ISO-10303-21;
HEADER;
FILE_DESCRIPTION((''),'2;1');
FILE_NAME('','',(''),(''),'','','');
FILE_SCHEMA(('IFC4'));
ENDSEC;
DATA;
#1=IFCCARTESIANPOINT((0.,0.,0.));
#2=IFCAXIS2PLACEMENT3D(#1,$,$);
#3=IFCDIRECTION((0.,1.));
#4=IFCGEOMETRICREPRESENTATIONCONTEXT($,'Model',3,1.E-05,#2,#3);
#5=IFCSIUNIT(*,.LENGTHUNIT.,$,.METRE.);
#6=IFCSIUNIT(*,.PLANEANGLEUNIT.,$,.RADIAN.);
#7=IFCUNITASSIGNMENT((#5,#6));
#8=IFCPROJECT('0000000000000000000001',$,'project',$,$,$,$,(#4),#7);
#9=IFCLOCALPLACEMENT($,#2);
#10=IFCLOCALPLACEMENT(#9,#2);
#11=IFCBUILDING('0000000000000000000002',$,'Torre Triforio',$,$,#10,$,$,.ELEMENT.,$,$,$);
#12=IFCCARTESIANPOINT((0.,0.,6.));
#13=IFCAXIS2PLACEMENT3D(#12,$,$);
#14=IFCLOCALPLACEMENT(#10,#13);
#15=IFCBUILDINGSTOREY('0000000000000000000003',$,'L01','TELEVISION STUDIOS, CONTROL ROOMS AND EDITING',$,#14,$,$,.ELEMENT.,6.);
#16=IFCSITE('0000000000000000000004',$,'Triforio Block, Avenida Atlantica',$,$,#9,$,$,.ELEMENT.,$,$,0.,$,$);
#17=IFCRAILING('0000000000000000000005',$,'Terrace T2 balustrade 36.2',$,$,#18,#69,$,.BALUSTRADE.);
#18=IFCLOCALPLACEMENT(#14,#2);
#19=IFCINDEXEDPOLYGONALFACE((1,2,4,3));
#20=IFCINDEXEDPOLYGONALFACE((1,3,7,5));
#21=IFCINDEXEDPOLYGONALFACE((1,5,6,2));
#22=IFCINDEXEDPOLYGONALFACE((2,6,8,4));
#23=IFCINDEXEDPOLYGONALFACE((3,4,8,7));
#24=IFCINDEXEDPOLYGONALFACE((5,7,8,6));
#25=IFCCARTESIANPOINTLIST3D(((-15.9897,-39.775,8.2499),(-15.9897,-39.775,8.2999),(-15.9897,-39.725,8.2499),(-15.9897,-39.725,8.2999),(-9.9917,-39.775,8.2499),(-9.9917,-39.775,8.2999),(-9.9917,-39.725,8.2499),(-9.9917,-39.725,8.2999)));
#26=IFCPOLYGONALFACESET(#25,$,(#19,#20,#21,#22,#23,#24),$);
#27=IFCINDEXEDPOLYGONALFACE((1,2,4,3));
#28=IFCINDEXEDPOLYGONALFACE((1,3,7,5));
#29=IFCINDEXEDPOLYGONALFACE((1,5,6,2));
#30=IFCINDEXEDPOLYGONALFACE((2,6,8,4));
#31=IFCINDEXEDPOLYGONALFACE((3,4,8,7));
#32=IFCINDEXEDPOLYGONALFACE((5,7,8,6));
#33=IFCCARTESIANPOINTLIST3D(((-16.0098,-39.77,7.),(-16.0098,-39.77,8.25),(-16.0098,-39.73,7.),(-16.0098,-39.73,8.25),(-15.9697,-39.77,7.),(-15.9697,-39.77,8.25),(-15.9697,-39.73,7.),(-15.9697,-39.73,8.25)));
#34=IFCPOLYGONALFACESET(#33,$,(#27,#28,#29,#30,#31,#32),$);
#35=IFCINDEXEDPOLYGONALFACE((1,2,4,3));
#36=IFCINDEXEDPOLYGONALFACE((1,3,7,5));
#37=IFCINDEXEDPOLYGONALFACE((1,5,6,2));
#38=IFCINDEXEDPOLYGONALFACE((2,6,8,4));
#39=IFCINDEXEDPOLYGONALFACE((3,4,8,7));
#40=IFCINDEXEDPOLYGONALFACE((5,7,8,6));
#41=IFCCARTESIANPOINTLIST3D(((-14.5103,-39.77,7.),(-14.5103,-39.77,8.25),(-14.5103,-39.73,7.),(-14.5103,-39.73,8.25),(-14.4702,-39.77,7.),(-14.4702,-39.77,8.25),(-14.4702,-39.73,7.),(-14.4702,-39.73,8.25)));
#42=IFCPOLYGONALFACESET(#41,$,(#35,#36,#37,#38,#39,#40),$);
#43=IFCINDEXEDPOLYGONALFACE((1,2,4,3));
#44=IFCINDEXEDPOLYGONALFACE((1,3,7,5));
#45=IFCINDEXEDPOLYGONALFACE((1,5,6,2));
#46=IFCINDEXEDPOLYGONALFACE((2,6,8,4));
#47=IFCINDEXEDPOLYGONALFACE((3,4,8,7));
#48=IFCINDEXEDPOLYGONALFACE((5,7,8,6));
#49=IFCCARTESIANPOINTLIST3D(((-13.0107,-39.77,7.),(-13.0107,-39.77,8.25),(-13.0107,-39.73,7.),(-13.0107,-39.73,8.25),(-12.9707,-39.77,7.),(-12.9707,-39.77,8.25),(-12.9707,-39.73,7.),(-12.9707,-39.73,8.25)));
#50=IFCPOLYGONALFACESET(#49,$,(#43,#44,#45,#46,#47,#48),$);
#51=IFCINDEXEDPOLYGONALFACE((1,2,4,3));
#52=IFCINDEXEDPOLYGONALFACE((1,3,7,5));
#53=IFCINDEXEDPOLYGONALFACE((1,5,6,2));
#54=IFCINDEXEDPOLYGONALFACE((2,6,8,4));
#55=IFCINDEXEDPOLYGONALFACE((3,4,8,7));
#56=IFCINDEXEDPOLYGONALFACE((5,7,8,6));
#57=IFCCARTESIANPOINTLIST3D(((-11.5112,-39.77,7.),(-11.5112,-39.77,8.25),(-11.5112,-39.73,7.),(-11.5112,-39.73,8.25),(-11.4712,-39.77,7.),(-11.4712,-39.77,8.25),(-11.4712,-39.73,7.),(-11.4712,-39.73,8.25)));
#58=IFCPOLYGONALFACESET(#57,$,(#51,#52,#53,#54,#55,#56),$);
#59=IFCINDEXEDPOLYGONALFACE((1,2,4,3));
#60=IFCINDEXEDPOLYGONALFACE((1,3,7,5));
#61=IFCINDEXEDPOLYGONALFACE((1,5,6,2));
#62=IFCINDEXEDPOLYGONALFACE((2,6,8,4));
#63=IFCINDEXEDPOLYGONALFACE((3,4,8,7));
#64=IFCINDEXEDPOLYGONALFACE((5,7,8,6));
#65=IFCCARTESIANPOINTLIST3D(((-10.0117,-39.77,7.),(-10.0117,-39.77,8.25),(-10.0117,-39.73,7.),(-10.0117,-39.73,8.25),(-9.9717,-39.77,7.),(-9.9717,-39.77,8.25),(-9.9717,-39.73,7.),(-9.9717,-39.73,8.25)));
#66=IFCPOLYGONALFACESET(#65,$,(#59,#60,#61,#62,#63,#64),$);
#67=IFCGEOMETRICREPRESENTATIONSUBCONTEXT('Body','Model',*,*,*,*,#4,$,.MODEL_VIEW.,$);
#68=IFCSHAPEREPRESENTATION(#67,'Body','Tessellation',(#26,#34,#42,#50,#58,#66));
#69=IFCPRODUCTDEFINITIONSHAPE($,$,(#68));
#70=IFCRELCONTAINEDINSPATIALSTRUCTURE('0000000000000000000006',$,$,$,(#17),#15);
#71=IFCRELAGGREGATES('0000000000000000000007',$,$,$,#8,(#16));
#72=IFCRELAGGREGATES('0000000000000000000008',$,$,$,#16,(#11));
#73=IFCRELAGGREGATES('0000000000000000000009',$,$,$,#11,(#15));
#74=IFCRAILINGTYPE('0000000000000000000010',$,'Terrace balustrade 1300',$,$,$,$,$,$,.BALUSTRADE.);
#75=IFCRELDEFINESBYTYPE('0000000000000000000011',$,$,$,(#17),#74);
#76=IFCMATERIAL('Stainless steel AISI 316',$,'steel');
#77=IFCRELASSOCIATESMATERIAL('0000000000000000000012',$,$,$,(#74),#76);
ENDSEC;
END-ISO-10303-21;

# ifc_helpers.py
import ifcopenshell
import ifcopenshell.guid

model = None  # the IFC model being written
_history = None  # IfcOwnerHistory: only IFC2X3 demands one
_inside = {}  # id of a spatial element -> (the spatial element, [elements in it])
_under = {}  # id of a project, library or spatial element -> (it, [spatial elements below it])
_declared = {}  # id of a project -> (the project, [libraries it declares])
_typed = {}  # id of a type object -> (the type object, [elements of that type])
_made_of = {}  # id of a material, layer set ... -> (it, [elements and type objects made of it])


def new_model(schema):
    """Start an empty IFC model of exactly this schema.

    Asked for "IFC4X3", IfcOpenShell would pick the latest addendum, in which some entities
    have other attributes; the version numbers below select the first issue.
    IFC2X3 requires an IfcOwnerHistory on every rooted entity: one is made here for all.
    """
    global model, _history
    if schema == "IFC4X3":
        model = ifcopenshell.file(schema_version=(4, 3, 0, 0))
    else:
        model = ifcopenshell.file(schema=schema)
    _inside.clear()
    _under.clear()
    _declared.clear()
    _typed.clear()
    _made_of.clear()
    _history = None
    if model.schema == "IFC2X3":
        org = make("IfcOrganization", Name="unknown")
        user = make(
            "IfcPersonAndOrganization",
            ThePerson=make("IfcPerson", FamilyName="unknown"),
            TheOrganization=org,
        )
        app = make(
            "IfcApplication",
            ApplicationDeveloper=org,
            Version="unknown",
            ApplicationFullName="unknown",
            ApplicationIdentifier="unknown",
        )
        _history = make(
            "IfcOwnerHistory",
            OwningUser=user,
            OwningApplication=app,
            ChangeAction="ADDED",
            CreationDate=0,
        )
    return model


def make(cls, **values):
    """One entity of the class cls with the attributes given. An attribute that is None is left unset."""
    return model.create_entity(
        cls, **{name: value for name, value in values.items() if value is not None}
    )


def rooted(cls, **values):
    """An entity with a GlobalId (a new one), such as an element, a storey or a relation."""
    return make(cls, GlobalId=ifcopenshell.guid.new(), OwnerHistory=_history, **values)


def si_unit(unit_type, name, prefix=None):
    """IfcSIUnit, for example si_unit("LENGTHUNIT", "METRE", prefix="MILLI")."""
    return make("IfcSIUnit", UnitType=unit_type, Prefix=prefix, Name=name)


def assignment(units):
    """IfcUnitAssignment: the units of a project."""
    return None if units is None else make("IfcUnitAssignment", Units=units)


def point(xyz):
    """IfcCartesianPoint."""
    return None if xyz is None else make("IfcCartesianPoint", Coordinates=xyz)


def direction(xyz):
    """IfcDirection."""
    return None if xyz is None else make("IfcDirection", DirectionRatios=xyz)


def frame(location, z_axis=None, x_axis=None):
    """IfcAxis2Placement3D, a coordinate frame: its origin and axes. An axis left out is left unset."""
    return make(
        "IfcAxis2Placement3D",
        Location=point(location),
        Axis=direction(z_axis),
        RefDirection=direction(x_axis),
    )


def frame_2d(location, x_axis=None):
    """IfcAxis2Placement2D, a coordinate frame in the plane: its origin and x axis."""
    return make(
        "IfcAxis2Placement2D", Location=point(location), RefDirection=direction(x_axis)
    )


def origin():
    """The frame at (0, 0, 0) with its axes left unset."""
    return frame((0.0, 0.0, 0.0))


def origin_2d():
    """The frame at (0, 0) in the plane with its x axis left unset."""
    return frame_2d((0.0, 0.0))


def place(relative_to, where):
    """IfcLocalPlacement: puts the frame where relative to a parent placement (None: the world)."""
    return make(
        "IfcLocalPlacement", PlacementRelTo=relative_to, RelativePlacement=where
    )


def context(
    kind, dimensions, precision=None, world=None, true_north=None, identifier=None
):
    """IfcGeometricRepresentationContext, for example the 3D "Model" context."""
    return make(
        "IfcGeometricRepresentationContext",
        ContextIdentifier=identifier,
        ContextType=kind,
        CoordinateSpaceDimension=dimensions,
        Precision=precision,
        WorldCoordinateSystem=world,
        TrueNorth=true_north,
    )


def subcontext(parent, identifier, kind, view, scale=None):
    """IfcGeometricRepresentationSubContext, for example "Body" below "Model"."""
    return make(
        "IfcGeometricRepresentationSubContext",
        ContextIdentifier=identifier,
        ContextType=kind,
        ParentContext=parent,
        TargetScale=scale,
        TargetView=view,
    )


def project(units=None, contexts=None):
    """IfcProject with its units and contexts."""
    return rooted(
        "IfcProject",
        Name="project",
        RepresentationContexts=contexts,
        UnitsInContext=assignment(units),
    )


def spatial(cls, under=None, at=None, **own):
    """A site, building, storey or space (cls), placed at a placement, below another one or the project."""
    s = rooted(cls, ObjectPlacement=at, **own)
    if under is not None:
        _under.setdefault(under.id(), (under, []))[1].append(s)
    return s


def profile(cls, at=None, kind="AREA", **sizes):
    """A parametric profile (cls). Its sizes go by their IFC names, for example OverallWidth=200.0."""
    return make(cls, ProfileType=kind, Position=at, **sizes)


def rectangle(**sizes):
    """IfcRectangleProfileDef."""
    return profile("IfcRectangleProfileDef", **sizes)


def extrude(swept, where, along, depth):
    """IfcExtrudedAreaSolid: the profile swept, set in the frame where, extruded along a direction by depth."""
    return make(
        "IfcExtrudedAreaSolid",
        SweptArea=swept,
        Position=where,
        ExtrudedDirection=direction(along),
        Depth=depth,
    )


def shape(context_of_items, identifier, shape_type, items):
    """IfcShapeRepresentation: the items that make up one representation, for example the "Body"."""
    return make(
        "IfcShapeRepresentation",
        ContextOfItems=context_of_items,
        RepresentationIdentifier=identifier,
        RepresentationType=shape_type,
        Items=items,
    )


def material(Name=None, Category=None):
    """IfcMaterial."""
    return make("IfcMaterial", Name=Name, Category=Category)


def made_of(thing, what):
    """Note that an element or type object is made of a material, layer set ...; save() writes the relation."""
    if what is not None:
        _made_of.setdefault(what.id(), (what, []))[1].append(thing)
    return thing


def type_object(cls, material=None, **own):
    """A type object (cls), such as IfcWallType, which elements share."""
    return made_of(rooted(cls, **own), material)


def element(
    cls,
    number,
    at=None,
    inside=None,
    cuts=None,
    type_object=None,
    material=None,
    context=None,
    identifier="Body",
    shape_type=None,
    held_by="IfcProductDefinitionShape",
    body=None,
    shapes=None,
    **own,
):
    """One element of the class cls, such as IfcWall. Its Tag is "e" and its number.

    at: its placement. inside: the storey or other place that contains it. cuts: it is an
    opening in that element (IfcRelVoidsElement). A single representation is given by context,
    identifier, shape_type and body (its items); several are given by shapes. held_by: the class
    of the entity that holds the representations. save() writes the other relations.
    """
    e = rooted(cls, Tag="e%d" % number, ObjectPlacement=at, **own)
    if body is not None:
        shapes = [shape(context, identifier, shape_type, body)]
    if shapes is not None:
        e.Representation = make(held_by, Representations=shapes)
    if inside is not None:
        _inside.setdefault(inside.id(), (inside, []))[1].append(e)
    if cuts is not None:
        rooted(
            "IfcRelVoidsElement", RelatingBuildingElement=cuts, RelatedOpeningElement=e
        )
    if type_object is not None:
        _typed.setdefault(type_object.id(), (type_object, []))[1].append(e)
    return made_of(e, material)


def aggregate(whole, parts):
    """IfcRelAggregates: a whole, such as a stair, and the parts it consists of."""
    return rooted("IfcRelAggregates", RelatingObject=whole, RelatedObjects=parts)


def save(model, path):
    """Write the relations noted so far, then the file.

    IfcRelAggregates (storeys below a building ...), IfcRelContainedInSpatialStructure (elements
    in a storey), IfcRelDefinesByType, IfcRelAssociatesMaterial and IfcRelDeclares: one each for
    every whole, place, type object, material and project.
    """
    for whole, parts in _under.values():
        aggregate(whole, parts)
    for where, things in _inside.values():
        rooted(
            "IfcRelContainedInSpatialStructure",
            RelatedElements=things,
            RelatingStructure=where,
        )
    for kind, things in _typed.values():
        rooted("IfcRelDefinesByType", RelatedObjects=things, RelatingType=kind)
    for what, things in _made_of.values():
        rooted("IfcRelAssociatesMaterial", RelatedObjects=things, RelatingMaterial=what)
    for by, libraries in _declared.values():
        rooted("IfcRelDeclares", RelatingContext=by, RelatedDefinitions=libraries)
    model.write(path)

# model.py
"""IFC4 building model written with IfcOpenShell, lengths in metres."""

from ifc_helpers import new_model, si_unit, direction, frame, origin, origin_2d, place, context, subcontext, project, spatial, rectangle, extrude, material, type_object, element, save


model = new_model("IFC4")

# Units and contexts
model_context = context("Model", 3, precision=1e-05, world=origin(), true_north=direction((0.0, 1.0)))
body_context = subcontext(model_context, "Body", "Model", "MODEL_VIEW")
ifc_project = project(units=[si_unit("LENGTHUNIT", "METRE"), si_unit("PLANEANGLEUNIT", "RADIAN")], contexts=[model_context])

# Site, building, storey
site_placement = place(None, origin())
site = spatial("IfcSite", under=ifc_project, at=site_placement, Name="Triforio Block, Avenida Atlantica", CompositionType="ELEMENT", RefElevation=0.0)
building_placement = place(site_placement, origin())
building = spatial("IfcBuilding", under=site, at=building_placement, Name="Torre Triforio", CompositionType="ELEMENT")
storey_placement = place(building_placement, frame((0.0, 0.0, 6.0)))
storey = spatial("IfcBuildingStorey", under=building, at=storey_placement, Name="L01", Description="TELEVISION STUDIOS, CONTROL ROOMS AND EDITING", CompositionType="ELEMENT", Elevation=6.0)

# Railing
ifc_material_1 = material(Name="Stainless steel AISI 316", Category="steel")
railing_type = type_object("IfcRailingType", Name="Terrace balustrade 1300", PredefinedType="BALUSTRADE", material=ifc_material_1)
for number, where, name in (
    (1, (-15.9897, -39.75, 7.0), "Terrace T2 balustrade 36.2"),
):
    element("IfcRailing", number, at=place(storey_placement, frame(where)), inside=storey, type_object=railing_type, Name=name, PredefinedType="BALUSTRADE", context=body_context, shape_type="SweptSolid", body=[
        extrude(rectangle(XDim=0.05, YDim=0.05, at=origin_2d()), frame((0.0, 0.0, 1.2749), z_axis=(1.0, 0.0, 0.0), x_axis=(0.0, 1.0, 0.0)), (0.0, 0.0, 1.0), 5.998),
        extrude(rectangle(XDim=0.04, YDim=0.04, at=origin_2d()), origin(), (0.0, 0.0, 1.0), 1.25),
        extrude(rectangle(XDim=0.04, YDim=0.04, at=origin_2d()), frame((1.4995, 0.0, 0.0)), (0.0, 0.0, 1.0), 1.25),
        extrude(rectangle(XDim=0.04, YDim=0.04, at=origin_2d()), frame((2.999, 0.0, 0.0)), (0.0, 0.0, 1.0), 1.25),
        extrude(rectangle(XDim=0.04, YDim=0.04, at=origin_2d()), frame((4.4985, 0.0, 0.0)), (0.0, 0.0, 1.0), 1.25),
        extrude(rectangle(XDim=0.04, YDim=0.04, at=origin_2d()), frame((5.998, 0.0, 0.0)), (0.0, 0.0, 1.0), 1.25),
    ])

save(model, "model.ifc")
